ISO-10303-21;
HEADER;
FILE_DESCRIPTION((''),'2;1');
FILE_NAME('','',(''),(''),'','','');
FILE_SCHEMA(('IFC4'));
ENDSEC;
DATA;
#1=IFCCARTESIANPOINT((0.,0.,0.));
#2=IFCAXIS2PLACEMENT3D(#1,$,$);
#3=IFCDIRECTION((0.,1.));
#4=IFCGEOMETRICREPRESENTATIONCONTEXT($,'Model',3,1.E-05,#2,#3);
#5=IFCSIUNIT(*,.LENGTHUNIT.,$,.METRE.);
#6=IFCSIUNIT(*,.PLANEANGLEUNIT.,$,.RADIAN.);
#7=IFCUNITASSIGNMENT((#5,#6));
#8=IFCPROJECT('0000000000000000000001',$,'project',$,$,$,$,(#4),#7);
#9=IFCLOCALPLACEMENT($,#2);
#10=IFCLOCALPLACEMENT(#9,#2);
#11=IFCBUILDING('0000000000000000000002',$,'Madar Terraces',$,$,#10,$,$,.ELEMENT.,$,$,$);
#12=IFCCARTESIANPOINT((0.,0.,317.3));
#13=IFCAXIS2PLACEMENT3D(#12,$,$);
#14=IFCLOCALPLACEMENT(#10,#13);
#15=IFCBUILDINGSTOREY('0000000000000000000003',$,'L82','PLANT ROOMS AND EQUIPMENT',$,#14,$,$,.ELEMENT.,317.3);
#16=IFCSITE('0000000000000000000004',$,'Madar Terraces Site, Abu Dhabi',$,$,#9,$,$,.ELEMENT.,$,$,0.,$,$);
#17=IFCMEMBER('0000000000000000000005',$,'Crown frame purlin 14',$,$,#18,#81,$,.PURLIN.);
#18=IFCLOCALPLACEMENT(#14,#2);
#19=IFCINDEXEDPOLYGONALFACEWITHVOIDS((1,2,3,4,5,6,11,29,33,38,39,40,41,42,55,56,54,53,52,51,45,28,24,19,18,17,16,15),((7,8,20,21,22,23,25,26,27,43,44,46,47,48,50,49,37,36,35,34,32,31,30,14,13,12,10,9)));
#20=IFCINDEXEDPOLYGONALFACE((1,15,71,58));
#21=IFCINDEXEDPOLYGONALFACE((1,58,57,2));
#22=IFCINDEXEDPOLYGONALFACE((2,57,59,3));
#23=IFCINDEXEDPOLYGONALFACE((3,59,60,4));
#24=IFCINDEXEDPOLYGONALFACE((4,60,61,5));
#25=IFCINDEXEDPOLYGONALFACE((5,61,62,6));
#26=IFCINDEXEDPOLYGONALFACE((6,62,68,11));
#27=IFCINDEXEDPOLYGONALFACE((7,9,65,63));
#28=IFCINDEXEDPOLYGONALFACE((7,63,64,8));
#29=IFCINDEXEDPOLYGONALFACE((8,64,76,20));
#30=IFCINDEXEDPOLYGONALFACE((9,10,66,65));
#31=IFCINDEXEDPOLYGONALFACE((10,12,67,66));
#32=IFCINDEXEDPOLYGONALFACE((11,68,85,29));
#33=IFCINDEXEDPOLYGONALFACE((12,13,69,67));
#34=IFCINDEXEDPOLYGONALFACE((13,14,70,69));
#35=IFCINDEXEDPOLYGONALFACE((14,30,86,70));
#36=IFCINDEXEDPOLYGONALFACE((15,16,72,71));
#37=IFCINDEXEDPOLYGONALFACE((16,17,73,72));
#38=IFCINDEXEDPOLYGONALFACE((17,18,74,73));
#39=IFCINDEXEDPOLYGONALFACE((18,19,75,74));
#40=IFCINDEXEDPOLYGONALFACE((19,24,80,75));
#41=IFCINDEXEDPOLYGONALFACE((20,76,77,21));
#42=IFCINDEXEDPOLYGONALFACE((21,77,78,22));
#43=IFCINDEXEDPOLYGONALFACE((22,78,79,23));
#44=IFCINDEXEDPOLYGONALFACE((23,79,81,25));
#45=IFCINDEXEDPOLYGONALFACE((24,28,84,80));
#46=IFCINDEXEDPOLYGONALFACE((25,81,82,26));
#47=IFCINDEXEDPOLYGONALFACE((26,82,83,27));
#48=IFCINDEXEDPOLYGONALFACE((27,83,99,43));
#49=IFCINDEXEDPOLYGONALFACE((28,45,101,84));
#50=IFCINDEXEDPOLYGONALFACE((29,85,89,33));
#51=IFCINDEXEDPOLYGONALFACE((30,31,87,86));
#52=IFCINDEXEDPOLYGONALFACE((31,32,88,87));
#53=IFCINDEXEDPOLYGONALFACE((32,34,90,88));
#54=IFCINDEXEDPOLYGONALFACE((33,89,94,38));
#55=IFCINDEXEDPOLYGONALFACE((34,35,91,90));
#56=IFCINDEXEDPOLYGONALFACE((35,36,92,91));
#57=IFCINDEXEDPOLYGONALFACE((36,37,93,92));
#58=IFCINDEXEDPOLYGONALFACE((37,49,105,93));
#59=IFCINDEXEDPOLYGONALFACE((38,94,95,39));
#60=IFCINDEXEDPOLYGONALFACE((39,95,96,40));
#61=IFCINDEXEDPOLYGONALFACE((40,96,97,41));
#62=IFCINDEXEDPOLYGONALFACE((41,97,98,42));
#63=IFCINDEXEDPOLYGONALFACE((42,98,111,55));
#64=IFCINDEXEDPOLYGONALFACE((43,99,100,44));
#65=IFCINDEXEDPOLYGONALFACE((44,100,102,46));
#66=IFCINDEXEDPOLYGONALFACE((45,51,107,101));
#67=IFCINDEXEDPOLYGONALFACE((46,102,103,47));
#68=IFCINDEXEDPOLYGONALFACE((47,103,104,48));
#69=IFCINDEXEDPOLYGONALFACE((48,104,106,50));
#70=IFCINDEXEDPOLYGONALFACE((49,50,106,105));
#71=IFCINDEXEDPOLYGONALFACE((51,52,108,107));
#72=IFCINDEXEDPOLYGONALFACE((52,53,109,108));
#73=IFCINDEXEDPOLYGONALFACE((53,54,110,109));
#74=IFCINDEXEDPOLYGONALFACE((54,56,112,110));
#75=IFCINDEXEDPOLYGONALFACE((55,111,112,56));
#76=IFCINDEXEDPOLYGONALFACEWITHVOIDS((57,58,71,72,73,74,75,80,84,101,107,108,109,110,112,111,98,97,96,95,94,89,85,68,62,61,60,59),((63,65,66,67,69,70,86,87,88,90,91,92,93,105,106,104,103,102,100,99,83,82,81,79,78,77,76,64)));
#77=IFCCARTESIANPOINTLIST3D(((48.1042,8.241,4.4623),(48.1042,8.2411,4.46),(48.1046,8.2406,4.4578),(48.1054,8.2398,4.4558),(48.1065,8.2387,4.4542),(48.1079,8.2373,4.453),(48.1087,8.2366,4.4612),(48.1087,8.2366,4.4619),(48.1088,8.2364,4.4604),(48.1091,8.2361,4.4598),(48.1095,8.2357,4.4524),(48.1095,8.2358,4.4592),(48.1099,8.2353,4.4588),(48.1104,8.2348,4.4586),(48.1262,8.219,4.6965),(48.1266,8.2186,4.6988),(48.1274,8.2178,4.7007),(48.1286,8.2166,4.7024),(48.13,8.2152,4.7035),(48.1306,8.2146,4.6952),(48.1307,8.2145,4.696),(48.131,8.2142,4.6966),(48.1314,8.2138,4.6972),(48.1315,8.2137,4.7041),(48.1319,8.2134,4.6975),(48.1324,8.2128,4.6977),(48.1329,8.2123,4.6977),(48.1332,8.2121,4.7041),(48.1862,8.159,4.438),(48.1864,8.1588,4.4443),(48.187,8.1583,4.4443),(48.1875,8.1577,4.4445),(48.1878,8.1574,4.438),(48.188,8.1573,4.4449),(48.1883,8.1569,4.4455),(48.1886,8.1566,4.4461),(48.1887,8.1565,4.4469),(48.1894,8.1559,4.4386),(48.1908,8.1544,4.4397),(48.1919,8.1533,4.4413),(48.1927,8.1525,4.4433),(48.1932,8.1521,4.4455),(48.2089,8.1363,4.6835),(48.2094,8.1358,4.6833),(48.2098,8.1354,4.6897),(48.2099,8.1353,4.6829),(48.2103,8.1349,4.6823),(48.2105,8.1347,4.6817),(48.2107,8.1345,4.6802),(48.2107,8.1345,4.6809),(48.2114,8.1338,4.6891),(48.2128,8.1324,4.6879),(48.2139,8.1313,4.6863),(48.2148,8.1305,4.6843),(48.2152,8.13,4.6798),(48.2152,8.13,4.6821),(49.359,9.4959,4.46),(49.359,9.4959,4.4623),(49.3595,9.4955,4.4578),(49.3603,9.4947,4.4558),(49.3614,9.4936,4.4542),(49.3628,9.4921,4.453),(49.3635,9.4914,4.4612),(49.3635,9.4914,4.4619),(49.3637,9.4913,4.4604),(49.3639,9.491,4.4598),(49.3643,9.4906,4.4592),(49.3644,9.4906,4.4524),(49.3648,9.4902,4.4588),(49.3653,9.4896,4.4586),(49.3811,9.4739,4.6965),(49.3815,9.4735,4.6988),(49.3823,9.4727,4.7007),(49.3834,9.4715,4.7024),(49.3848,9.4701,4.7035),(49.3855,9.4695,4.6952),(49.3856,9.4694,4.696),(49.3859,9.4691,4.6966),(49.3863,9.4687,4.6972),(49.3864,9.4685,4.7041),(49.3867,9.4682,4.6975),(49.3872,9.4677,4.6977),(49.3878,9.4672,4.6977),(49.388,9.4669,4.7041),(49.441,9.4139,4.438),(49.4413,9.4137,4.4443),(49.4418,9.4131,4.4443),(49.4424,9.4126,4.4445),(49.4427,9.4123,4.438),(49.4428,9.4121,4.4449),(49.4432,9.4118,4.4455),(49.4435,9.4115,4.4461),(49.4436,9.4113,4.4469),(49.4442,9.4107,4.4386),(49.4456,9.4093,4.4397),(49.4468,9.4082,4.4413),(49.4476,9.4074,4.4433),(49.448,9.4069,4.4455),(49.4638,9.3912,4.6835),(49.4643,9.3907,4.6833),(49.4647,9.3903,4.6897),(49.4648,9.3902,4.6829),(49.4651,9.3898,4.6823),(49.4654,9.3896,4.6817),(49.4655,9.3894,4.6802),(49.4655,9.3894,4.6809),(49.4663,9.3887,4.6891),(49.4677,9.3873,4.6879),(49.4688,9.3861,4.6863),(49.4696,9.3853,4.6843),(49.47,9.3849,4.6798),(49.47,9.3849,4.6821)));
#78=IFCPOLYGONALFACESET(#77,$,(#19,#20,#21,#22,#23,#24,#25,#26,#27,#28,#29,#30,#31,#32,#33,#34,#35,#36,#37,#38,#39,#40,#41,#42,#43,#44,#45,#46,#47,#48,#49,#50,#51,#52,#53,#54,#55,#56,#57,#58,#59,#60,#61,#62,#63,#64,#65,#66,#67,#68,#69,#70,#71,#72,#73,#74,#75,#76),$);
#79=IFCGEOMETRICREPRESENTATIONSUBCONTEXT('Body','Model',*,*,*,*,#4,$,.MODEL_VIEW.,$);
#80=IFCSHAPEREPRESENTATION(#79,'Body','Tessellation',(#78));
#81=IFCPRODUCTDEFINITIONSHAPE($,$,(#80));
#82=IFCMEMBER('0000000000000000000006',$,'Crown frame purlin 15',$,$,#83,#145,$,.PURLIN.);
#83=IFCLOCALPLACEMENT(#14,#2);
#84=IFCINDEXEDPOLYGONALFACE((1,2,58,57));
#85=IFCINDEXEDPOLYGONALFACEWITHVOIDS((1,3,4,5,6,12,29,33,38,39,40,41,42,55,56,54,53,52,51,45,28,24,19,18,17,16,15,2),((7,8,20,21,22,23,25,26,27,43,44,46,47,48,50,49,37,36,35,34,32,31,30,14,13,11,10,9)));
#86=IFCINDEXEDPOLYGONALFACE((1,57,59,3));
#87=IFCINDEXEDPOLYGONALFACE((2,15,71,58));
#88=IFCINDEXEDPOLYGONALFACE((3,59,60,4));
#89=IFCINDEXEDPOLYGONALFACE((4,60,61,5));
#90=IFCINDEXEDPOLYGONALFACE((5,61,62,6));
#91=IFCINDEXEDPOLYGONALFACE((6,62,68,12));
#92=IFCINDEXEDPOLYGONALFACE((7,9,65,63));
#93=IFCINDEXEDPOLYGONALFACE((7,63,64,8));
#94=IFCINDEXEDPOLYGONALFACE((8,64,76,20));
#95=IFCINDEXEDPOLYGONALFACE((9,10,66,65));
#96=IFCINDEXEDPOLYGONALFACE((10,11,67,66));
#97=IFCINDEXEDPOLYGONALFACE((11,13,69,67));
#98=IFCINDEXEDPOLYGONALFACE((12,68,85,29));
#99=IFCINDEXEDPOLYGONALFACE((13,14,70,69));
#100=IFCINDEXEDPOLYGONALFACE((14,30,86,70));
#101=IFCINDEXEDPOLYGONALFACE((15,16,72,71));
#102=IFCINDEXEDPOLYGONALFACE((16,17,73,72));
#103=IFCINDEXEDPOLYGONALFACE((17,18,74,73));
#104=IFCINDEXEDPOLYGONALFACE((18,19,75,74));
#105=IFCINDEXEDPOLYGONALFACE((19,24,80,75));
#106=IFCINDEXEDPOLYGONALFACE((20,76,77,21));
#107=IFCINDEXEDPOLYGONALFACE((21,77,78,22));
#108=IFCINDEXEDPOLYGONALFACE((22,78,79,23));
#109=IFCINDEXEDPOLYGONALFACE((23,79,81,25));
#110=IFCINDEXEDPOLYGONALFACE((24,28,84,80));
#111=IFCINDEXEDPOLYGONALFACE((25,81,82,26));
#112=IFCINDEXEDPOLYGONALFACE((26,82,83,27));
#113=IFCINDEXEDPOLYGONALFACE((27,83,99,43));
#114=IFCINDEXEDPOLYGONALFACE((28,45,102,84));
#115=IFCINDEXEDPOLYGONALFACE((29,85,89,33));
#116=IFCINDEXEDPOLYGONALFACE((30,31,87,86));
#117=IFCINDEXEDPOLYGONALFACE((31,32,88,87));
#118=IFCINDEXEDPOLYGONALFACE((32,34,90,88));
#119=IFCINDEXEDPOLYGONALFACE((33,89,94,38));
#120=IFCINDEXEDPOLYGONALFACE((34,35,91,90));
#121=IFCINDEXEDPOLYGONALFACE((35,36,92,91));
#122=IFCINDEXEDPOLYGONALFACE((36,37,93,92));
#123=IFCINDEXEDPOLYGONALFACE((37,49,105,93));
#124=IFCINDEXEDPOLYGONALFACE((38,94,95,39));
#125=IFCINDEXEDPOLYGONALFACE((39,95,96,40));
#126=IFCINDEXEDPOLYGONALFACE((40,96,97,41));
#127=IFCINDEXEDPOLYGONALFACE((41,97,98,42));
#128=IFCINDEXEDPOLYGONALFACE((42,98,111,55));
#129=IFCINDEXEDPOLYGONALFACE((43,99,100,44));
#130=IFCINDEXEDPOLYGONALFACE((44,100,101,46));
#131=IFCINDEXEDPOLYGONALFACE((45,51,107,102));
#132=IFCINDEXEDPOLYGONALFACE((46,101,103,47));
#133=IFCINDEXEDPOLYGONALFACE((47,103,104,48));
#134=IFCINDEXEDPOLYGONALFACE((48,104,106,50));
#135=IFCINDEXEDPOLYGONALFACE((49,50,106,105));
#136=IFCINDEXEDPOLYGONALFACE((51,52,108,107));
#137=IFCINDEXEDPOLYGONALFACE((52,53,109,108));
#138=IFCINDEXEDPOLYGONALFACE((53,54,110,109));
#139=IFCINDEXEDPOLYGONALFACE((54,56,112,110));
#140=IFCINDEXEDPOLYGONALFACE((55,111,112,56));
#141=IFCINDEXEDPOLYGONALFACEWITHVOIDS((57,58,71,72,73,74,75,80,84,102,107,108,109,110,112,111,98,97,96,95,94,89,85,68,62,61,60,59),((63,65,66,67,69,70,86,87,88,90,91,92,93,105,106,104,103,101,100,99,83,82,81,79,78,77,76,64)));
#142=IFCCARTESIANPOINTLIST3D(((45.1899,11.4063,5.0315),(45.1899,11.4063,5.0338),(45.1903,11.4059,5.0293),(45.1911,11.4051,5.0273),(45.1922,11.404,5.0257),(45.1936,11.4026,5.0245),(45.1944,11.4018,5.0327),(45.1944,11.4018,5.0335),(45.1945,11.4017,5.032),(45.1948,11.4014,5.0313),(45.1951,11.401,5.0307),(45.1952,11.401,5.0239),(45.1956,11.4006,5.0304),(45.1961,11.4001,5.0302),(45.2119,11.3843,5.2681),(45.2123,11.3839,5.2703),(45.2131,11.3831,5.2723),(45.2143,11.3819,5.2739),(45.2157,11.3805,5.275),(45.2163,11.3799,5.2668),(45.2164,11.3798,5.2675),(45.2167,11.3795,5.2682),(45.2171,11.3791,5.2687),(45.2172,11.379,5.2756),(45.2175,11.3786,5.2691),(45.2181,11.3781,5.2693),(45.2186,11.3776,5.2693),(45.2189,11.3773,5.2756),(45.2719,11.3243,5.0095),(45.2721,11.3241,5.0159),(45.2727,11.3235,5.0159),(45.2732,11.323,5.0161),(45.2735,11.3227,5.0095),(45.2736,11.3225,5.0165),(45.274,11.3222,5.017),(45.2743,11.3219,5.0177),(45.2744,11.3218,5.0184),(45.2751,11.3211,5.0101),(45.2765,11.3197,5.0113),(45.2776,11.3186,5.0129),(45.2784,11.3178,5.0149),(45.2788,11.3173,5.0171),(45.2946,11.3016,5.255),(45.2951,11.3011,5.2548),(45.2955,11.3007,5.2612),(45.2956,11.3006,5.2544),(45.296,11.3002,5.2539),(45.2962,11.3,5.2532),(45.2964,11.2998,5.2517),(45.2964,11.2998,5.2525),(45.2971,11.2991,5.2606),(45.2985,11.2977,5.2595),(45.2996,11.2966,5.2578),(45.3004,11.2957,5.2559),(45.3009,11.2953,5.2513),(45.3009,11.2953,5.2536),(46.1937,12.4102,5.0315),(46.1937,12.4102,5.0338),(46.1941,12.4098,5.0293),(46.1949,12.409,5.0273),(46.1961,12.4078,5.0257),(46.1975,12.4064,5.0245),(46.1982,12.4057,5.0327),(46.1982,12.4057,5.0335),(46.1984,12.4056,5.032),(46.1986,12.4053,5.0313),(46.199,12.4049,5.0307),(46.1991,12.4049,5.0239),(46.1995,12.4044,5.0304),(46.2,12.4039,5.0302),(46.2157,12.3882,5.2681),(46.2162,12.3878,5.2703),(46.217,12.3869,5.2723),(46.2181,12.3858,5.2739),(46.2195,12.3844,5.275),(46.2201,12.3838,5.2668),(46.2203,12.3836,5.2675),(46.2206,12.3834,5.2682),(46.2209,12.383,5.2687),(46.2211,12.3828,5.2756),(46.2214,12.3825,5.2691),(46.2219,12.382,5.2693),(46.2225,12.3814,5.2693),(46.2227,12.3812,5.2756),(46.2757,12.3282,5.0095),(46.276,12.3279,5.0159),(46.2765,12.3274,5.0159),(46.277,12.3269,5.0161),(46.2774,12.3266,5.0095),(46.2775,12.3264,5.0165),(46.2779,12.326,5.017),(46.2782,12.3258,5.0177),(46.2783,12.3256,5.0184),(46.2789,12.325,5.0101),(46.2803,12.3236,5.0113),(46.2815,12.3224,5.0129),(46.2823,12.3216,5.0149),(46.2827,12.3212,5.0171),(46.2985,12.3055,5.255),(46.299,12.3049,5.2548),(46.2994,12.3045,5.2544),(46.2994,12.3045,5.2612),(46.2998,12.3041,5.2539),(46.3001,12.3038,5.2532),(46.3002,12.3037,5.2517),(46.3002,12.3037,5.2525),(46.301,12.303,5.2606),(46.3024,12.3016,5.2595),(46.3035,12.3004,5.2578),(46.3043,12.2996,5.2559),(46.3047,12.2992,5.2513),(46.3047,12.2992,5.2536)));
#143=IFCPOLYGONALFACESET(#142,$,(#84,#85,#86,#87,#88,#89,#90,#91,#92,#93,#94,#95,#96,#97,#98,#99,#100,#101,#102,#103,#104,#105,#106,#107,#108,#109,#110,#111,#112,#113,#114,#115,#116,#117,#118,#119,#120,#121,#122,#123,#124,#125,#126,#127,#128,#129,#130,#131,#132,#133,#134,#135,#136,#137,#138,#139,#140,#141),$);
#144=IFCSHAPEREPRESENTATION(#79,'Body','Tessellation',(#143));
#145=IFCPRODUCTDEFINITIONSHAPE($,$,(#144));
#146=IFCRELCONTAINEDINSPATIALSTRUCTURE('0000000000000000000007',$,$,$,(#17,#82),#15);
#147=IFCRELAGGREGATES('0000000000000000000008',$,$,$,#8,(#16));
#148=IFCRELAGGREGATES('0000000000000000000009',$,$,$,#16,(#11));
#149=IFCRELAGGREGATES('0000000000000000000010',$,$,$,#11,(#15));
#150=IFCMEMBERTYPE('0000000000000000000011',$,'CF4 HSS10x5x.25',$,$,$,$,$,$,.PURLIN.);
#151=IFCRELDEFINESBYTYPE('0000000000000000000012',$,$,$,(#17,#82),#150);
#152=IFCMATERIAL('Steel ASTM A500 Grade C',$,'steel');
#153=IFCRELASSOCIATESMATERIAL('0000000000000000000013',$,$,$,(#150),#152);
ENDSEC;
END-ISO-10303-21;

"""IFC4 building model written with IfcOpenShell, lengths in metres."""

from ifc_helpers import new_model, si_unit, direction, frame, origin, origin_2d, place, context, subcontext, project, spatial, hollow_rectangle, extrude, material, material_profile, profile_set, type_object, element, save


model = new_model("IFC4")

# Units and contexts
model_context = context("Model", 3, precision=1e-05, world=origin(), true_north=direction((0.0, 1.0)))
body_context = subcontext(model_context, "Body", "Model", "MODEL_VIEW")
ifc_project = project(units=[si_unit("LENGTHUNIT", "METRE"), si_unit("PLANEANGLEUNIT", "RADIAN")], contexts=[model_context])

# Site, building, storey
site_placement = place(None, origin())
site = spatial("IfcSite", under=ifc_project, at=site_placement, Name="Madar Terraces Site, Abu Dhabi", CompositionType="ELEMENT", RefElevation=0.0)
building_placement = place(site_placement, origin())
building = spatial("IfcBuilding", under=site, at=building_placement, Name="Madar Terraces", CompositionType="ELEMENT")
storey_placement = place(building_placement, frame((0.0, 0.0, 317.3)))
storey = spatial("IfcBuildingStorey", under=building, at=storey_placement, Name="L82", Description="PLANT ROOMS AND EQUIPMENT", CompositionType="ELEMENT", Elevation=317.3)

# Members
ifc_material_1 = material(Name="Steel ASTM A500 Grade C", Category="steel")
ifc_material_profile_1 = material_profile(ifc_material_1, hollow_rectangle(XDim=0.127, YDim=0.2539, WallThickness=0.0063, InnerFilletRadius=0.0029, OuterFilletRadius=0.0088, at=origin_2d()), Name="HSS10x5x.25")
ifc_profile_set_1 = profile_set([ifc_material_profile_1], Name="Steel ASTM A500 Grade C")
member_type_1 = type_object("IfcMemberType", Name="CF4 HSS10x5x.25", PredefinedType="PURLIN", material=ifc_profile_set_1)
member_1_placement = place(storey_placement, frame((48.1597, 8.1855, 4.571), z_axis=(0.707107, 0.707107, 0.0), x_axis=(-0.700941, 0.700941, 0.131765)))
element("IfcMember", 1, at=member_1_placement, inside=storey, type_object=member_type_1, Name="Crown frame purlin 14", PredefinedType="PURLIN", context=body_context, shape_type="SweptSolid", body=[
    extrude(hollow_rectangle(XDim=0.127, YDim=0.2539, WallThickness=0.0063, InnerFilletRadius=0.0029, OuterFilletRadius=0.0088, at=origin_2d()), origin(), (0.0, 0.0, 1.0), 1.7747),
])
member_2_placement = place(storey_placement, frame((45.2454, 11.3508, 5.1426), z_axis=(0.707107, 0.707107, 0.0), x_axis=(-0.700941, 0.700941, 0.131765)))
element("IfcMember", 2, at=member_2_placement, inside=storey, type_object=member_type_1, Name="Crown frame purlin 15", PredefinedType="PURLIN", context=body_context, shape_type="SweptSolid", body=[
    extrude(hollow_rectangle(XDim=0.127, YDim=0.2539, WallThickness=0.0063, InnerFilletRadius=0.0029, OuterFilletRadius=0.0088, at=origin_2d()), origin(), (0.0, 0.0, 1.0), 1.4197),
])

save(model, "model.ifc")
